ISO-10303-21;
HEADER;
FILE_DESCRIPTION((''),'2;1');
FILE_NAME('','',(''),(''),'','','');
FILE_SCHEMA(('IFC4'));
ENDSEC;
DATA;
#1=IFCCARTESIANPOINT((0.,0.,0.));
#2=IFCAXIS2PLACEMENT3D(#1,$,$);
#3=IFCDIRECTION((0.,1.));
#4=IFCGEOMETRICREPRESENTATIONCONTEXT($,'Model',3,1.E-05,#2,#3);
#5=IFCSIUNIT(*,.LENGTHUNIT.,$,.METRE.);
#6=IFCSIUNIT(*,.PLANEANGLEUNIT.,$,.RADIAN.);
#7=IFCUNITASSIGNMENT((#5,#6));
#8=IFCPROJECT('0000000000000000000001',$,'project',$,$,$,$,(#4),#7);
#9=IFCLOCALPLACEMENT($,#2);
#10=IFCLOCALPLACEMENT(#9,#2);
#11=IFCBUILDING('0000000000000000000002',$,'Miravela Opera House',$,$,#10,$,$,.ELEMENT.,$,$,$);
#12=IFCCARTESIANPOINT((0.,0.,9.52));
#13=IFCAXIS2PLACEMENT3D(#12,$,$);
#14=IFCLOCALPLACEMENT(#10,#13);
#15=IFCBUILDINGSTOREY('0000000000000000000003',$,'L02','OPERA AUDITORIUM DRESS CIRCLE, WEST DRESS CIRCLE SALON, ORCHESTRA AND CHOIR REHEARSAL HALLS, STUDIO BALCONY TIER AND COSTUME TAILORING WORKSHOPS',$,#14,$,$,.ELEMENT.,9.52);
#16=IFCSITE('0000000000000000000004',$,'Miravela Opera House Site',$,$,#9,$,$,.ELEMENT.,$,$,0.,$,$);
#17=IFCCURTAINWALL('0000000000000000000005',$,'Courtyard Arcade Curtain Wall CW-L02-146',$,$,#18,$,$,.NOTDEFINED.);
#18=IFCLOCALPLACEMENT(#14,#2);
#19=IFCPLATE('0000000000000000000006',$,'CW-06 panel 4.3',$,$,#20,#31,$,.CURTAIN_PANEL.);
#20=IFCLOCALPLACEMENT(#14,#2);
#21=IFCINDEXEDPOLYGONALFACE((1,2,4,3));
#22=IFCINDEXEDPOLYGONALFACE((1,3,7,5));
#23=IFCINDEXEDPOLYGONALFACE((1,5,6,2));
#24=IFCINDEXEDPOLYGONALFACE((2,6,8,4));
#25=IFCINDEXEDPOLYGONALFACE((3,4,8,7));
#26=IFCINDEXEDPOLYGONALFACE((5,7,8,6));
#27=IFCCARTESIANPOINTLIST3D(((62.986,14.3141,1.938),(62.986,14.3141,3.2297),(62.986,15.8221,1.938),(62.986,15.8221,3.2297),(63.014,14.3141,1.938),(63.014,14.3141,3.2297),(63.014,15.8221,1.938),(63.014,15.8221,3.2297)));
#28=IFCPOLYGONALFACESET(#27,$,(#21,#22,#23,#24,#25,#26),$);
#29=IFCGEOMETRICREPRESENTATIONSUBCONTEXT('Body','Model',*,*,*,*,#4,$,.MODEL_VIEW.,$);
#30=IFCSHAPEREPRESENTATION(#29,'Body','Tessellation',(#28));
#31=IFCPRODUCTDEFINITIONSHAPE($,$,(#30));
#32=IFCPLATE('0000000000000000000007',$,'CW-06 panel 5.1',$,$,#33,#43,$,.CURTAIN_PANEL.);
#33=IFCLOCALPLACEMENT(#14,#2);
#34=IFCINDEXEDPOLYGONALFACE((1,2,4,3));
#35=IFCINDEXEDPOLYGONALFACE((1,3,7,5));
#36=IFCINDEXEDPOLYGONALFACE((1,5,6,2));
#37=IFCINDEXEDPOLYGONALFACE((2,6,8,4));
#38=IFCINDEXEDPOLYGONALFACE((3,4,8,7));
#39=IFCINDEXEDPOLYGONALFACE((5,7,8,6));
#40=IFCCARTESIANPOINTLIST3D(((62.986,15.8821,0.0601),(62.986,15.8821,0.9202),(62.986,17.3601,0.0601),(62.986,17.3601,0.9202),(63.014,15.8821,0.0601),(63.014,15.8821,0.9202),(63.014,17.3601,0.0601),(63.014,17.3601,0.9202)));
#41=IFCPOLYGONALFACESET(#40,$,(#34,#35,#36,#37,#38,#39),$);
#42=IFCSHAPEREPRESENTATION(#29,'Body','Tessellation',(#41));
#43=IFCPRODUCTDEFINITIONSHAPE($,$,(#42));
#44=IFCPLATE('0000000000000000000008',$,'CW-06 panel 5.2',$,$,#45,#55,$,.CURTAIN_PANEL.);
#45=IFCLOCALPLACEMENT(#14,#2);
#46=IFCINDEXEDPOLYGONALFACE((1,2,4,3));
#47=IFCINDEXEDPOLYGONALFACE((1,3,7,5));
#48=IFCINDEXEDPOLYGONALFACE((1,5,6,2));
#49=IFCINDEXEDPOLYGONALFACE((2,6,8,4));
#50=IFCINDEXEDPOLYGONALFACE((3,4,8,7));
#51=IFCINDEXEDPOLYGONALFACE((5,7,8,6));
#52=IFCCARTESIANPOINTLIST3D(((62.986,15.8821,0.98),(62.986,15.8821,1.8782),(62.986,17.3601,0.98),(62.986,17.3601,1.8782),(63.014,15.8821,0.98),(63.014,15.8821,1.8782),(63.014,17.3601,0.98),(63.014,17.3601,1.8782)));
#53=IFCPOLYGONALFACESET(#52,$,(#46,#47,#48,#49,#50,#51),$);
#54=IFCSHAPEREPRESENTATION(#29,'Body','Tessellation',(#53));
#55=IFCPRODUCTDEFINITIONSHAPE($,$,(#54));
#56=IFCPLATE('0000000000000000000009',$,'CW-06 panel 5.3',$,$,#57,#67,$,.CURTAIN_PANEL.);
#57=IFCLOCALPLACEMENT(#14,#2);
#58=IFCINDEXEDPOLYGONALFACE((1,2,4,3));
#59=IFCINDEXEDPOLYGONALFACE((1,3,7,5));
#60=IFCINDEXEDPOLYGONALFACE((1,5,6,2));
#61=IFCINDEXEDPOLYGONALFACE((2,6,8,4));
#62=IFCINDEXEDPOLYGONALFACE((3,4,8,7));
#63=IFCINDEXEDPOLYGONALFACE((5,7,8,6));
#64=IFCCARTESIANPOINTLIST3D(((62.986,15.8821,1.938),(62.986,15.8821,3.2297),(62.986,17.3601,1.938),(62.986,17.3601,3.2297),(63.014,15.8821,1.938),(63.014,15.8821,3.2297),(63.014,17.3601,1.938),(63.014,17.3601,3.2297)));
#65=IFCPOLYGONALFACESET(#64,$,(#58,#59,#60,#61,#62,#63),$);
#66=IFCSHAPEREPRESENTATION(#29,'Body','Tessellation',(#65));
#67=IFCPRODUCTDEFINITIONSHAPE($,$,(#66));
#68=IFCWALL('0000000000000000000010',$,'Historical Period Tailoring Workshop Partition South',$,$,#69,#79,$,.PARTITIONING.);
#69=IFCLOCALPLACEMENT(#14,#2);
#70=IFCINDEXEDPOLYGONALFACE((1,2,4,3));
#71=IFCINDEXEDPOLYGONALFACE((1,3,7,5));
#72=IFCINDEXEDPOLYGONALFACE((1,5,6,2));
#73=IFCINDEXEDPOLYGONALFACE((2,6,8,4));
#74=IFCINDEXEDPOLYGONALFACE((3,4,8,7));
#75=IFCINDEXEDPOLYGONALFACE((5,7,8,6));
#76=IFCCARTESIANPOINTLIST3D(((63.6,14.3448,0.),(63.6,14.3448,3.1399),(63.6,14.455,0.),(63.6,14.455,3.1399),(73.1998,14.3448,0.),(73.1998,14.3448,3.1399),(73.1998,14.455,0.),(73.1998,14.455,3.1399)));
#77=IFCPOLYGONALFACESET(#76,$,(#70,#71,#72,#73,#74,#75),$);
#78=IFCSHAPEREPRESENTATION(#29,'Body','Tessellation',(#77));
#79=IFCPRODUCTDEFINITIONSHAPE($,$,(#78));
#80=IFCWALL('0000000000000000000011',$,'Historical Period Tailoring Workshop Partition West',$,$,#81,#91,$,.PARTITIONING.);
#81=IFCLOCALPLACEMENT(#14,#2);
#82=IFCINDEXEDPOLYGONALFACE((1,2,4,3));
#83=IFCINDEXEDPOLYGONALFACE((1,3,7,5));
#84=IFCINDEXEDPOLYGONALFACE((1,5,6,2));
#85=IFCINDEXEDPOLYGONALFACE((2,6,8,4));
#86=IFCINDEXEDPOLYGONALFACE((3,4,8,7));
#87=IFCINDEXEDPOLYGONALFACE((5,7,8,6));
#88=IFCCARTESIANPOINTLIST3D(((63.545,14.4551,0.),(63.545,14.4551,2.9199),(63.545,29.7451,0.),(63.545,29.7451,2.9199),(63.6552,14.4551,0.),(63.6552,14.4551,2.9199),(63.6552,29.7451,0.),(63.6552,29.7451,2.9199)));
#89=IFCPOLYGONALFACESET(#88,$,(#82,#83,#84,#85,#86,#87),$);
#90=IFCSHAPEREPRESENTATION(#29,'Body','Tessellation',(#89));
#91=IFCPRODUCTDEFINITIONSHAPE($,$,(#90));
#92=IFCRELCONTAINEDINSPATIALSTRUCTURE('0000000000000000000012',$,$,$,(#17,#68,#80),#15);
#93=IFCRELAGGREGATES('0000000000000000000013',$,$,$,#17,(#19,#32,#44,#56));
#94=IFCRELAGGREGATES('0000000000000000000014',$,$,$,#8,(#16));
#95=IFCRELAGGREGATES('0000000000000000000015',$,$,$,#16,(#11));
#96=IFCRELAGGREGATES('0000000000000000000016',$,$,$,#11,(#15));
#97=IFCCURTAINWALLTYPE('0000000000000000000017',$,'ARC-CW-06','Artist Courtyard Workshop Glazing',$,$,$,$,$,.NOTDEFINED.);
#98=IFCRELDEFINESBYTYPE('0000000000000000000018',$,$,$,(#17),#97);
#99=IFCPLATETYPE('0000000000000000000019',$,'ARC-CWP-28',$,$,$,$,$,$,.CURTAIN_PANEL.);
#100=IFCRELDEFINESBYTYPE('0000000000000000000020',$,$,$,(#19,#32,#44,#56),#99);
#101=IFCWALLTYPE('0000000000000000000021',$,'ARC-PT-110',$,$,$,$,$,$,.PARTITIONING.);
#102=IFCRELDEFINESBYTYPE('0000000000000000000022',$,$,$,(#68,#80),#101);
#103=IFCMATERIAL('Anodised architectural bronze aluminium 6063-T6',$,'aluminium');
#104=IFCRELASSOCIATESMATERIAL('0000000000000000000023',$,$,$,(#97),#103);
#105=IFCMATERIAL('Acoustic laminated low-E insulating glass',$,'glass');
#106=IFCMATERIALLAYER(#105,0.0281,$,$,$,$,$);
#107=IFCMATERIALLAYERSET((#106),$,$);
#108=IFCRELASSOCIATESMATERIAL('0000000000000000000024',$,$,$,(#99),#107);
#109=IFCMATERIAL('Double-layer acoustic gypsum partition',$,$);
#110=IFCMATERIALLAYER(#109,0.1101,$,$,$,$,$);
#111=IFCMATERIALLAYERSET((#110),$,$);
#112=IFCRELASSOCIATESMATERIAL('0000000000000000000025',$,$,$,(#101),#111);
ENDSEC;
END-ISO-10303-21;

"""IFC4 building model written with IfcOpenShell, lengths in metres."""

from ifc_helpers import new_model, si_unit, direction, frame, frame_2d, origin, origin_2d, place, context, subcontext, project, spatial, rectangle, extrude, material, layer, layer_set, type_object, element, aggregate, save


model = new_model("IFC4")

# Units and contexts
model_context = context("Model", 3, precision=1e-05, world=origin(), true_north=direction((0.0, 1.0)))
body_context = subcontext(model_context, "Body", "Model", "MODEL_VIEW")
ifc_project = project(units=[si_unit("LENGTHUNIT", "METRE"), si_unit("PLANEANGLEUNIT", "RADIAN")], contexts=[model_context])

# Site, building, storey
site_placement = place(None, origin())
site = spatial("IfcSite", under=ifc_project, at=site_placement, Name="Miravela Opera House Site", CompositionType="ELEMENT", RefElevation=0.0)
building_placement = place(site_placement, origin())
building = spatial("IfcBuilding", under=site, at=building_placement, Name="Miravela Opera House", CompositionType="ELEMENT")
storey_placement = place(building_placement, frame((0.0, 0.0, 9.52)))
storey = spatial("IfcBuildingStorey", under=building, at=storey_placement, Name="L02", Description="OPERA AUDITORIUM DRESS CIRCLE, WEST DRESS CIRCLE SALON, ORCHESTRA AND CHOIR REHEARSAL HALLS, STUDIO BALCONY TIER AND COSTUME TAILORING WORKSHOPS", CompositionType="ELEMENT", Elevation=9.52)

# Curtain wall
ifc_material_1 = material(Name="Anodised architectural bronze aluminium 6063-T6", Category="aluminium")
curtain_wall_type = type_object("IfcCurtainWallType", Name="ARC-CW-06", Description="Artist Courtyard Workshop Glazing", PredefinedType="NOTDEFINED", material=ifc_material_1)
curtain_wall_1_placement = place(storey_placement, origin())
curtain_wall_1 = element("IfcCurtainWall", 1, at=curtain_wall_1_placement, inside=storey, type_object=curtain_wall_type, Name="Courtyard Arcade Curtain Wall CW-L02-146", PredefinedType="NOTDEFINED")

# Plates
ifc_material_2 = material(Name="Acoustic laminated low-E insulating glass", Category="glass")
ifc_layer_1 = layer(ifc_material_2, 0.0281)
ifc_layer_set_1 = layer_set([ifc_layer_1])
plate_type = type_object("IfcPlateType", Name="ARC-CWP-28", PredefinedType="CURTAIN_PANEL", material=ifc_layer_set_1)
plate_1_placement = place(storey_placement, frame((63.0, 15.0681, 1.938), z_axis=(0.0, 0.0, 1.0), x_axis=(0.0, 1.0, 0.0)))
plate_1 = element("IfcPlate", 2, at=plate_1_placement, type_object=plate_type, Name="CW-06 panel 4.3", PredefinedType="CURTAIN_PANEL", context=body_context, shape_type="SweptSolid", body=[
    extrude(rectangle(XDim=1.5081, YDim=0.0281, at=origin_2d()), origin(), (0.0, 0.0, 1.0), 1.2917),
])
plate_2_placement = place(storey_placement, frame((63.0, 16.6211, 0.0601), z_axis=(0.0, 0.0, 1.0), x_axis=(0.0, 1.0, 0.0)))
plate_2 = element("IfcPlate", 3, at=plate_2_placement, type_object=plate_type, Name="CW-06 panel 5.1", PredefinedType="CURTAIN_PANEL", context=body_context, shape_type="SweptSolid", body=[
    extrude(rectangle(XDim=1.478, YDim=0.0281, at=origin_2d()), origin(), (0.0, 0.0, 1.0), 0.8601),
])
plate_3_placement = place(storey_placement, frame((63.0, 16.6211, 0.98), z_axis=(0.0, 0.0, 1.0), x_axis=(0.0, 1.0, 0.0)))
plate_3 = element("IfcPlate", 4, at=plate_3_placement, type_object=plate_type, Name="CW-06 panel 5.2", PredefinedType="CURTAIN_PANEL", context=body_context, shape_type="SweptSolid", body=[
    extrude(rectangle(XDim=1.478, YDim=0.0281, at=origin_2d()), origin(), (0.0, 0.0, 1.0), 0.8982),
])
plate_4_placement = place(storey_placement, frame((63.0, 16.6211, 1.938), z_axis=(0.0, 0.0, 1.0), x_axis=(0.0, 1.0, 0.0)))
plate_4 = element("IfcPlate", 5, at=plate_4_placement, type_object=plate_type, Name="CW-06 panel 5.3", PredefinedType="CURTAIN_PANEL", context=body_context, shape_type="SweptSolid", body=[
    extrude(rectangle(XDim=1.478, YDim=0.0281, at=origin_2d()), origin(), (0.0, 0.0, 1.0), 1.2917),
])
aggregate(curtain_wall_1, [plate_1, plate_2, plate_3, plate_4])

# Walls
ifc_material_3 = material(Name="Double-layer acoustic gypsum partition")
ifc_layer_2 = layer(ifc_material_3, 0.1101)
ifc_layer_set_2 = layer_set([ifc_layer_2])
wall_type = type_object("IfcWallType", Name="ARC-PT-110", PredefinedType="PARTITIONING", material=ifc_layer_set_2)
wall_1_placement = place(storey_placement, frame((63.6001, 14.3999, 0.0), z_axis=(0.0, 0.0, 1.0), x_axis=(1.0, 0.0, 0.0)))
element("IfcWall", 6, at=wall_1_placement, inside=storey, type_object=wall_type, Name="Historical Period Tailoring Workshop Partition South", PredefinedType="PARTITIONING", context=body_context, shape_type="SweptSolid", body=[
    extrude(rectangle(XDim=9.5999, YDim=0.1101, at=frame_2d((4.7998, 0.0))), origin(), (0.0, 0.0, 1.0), 3.1399),
])
wall_2_placement = place(storey_placement, frame((63.6001, 14.4551, 0.0), z_axis=(0.0, 0.0, 1.0), x_axis=(0.0, 1.0, 0.0)))
element("IfcWall", 7, at=wall_2_placement, inside=storey, type_object=wall_type, Name="Historical Period Tailoring Workshop Partition West", PredefinedType="PARTITIONING", context=body_context, shape_type="SweptSolid", body=[
    extrude(rectangle(XDim=15.29, YDim=0.1101, at=frame_2d((7.645, 0.0))), origin(), (0.0, 0.0, 1.0), 2.9199),
])

save(model, "model.ifc")
